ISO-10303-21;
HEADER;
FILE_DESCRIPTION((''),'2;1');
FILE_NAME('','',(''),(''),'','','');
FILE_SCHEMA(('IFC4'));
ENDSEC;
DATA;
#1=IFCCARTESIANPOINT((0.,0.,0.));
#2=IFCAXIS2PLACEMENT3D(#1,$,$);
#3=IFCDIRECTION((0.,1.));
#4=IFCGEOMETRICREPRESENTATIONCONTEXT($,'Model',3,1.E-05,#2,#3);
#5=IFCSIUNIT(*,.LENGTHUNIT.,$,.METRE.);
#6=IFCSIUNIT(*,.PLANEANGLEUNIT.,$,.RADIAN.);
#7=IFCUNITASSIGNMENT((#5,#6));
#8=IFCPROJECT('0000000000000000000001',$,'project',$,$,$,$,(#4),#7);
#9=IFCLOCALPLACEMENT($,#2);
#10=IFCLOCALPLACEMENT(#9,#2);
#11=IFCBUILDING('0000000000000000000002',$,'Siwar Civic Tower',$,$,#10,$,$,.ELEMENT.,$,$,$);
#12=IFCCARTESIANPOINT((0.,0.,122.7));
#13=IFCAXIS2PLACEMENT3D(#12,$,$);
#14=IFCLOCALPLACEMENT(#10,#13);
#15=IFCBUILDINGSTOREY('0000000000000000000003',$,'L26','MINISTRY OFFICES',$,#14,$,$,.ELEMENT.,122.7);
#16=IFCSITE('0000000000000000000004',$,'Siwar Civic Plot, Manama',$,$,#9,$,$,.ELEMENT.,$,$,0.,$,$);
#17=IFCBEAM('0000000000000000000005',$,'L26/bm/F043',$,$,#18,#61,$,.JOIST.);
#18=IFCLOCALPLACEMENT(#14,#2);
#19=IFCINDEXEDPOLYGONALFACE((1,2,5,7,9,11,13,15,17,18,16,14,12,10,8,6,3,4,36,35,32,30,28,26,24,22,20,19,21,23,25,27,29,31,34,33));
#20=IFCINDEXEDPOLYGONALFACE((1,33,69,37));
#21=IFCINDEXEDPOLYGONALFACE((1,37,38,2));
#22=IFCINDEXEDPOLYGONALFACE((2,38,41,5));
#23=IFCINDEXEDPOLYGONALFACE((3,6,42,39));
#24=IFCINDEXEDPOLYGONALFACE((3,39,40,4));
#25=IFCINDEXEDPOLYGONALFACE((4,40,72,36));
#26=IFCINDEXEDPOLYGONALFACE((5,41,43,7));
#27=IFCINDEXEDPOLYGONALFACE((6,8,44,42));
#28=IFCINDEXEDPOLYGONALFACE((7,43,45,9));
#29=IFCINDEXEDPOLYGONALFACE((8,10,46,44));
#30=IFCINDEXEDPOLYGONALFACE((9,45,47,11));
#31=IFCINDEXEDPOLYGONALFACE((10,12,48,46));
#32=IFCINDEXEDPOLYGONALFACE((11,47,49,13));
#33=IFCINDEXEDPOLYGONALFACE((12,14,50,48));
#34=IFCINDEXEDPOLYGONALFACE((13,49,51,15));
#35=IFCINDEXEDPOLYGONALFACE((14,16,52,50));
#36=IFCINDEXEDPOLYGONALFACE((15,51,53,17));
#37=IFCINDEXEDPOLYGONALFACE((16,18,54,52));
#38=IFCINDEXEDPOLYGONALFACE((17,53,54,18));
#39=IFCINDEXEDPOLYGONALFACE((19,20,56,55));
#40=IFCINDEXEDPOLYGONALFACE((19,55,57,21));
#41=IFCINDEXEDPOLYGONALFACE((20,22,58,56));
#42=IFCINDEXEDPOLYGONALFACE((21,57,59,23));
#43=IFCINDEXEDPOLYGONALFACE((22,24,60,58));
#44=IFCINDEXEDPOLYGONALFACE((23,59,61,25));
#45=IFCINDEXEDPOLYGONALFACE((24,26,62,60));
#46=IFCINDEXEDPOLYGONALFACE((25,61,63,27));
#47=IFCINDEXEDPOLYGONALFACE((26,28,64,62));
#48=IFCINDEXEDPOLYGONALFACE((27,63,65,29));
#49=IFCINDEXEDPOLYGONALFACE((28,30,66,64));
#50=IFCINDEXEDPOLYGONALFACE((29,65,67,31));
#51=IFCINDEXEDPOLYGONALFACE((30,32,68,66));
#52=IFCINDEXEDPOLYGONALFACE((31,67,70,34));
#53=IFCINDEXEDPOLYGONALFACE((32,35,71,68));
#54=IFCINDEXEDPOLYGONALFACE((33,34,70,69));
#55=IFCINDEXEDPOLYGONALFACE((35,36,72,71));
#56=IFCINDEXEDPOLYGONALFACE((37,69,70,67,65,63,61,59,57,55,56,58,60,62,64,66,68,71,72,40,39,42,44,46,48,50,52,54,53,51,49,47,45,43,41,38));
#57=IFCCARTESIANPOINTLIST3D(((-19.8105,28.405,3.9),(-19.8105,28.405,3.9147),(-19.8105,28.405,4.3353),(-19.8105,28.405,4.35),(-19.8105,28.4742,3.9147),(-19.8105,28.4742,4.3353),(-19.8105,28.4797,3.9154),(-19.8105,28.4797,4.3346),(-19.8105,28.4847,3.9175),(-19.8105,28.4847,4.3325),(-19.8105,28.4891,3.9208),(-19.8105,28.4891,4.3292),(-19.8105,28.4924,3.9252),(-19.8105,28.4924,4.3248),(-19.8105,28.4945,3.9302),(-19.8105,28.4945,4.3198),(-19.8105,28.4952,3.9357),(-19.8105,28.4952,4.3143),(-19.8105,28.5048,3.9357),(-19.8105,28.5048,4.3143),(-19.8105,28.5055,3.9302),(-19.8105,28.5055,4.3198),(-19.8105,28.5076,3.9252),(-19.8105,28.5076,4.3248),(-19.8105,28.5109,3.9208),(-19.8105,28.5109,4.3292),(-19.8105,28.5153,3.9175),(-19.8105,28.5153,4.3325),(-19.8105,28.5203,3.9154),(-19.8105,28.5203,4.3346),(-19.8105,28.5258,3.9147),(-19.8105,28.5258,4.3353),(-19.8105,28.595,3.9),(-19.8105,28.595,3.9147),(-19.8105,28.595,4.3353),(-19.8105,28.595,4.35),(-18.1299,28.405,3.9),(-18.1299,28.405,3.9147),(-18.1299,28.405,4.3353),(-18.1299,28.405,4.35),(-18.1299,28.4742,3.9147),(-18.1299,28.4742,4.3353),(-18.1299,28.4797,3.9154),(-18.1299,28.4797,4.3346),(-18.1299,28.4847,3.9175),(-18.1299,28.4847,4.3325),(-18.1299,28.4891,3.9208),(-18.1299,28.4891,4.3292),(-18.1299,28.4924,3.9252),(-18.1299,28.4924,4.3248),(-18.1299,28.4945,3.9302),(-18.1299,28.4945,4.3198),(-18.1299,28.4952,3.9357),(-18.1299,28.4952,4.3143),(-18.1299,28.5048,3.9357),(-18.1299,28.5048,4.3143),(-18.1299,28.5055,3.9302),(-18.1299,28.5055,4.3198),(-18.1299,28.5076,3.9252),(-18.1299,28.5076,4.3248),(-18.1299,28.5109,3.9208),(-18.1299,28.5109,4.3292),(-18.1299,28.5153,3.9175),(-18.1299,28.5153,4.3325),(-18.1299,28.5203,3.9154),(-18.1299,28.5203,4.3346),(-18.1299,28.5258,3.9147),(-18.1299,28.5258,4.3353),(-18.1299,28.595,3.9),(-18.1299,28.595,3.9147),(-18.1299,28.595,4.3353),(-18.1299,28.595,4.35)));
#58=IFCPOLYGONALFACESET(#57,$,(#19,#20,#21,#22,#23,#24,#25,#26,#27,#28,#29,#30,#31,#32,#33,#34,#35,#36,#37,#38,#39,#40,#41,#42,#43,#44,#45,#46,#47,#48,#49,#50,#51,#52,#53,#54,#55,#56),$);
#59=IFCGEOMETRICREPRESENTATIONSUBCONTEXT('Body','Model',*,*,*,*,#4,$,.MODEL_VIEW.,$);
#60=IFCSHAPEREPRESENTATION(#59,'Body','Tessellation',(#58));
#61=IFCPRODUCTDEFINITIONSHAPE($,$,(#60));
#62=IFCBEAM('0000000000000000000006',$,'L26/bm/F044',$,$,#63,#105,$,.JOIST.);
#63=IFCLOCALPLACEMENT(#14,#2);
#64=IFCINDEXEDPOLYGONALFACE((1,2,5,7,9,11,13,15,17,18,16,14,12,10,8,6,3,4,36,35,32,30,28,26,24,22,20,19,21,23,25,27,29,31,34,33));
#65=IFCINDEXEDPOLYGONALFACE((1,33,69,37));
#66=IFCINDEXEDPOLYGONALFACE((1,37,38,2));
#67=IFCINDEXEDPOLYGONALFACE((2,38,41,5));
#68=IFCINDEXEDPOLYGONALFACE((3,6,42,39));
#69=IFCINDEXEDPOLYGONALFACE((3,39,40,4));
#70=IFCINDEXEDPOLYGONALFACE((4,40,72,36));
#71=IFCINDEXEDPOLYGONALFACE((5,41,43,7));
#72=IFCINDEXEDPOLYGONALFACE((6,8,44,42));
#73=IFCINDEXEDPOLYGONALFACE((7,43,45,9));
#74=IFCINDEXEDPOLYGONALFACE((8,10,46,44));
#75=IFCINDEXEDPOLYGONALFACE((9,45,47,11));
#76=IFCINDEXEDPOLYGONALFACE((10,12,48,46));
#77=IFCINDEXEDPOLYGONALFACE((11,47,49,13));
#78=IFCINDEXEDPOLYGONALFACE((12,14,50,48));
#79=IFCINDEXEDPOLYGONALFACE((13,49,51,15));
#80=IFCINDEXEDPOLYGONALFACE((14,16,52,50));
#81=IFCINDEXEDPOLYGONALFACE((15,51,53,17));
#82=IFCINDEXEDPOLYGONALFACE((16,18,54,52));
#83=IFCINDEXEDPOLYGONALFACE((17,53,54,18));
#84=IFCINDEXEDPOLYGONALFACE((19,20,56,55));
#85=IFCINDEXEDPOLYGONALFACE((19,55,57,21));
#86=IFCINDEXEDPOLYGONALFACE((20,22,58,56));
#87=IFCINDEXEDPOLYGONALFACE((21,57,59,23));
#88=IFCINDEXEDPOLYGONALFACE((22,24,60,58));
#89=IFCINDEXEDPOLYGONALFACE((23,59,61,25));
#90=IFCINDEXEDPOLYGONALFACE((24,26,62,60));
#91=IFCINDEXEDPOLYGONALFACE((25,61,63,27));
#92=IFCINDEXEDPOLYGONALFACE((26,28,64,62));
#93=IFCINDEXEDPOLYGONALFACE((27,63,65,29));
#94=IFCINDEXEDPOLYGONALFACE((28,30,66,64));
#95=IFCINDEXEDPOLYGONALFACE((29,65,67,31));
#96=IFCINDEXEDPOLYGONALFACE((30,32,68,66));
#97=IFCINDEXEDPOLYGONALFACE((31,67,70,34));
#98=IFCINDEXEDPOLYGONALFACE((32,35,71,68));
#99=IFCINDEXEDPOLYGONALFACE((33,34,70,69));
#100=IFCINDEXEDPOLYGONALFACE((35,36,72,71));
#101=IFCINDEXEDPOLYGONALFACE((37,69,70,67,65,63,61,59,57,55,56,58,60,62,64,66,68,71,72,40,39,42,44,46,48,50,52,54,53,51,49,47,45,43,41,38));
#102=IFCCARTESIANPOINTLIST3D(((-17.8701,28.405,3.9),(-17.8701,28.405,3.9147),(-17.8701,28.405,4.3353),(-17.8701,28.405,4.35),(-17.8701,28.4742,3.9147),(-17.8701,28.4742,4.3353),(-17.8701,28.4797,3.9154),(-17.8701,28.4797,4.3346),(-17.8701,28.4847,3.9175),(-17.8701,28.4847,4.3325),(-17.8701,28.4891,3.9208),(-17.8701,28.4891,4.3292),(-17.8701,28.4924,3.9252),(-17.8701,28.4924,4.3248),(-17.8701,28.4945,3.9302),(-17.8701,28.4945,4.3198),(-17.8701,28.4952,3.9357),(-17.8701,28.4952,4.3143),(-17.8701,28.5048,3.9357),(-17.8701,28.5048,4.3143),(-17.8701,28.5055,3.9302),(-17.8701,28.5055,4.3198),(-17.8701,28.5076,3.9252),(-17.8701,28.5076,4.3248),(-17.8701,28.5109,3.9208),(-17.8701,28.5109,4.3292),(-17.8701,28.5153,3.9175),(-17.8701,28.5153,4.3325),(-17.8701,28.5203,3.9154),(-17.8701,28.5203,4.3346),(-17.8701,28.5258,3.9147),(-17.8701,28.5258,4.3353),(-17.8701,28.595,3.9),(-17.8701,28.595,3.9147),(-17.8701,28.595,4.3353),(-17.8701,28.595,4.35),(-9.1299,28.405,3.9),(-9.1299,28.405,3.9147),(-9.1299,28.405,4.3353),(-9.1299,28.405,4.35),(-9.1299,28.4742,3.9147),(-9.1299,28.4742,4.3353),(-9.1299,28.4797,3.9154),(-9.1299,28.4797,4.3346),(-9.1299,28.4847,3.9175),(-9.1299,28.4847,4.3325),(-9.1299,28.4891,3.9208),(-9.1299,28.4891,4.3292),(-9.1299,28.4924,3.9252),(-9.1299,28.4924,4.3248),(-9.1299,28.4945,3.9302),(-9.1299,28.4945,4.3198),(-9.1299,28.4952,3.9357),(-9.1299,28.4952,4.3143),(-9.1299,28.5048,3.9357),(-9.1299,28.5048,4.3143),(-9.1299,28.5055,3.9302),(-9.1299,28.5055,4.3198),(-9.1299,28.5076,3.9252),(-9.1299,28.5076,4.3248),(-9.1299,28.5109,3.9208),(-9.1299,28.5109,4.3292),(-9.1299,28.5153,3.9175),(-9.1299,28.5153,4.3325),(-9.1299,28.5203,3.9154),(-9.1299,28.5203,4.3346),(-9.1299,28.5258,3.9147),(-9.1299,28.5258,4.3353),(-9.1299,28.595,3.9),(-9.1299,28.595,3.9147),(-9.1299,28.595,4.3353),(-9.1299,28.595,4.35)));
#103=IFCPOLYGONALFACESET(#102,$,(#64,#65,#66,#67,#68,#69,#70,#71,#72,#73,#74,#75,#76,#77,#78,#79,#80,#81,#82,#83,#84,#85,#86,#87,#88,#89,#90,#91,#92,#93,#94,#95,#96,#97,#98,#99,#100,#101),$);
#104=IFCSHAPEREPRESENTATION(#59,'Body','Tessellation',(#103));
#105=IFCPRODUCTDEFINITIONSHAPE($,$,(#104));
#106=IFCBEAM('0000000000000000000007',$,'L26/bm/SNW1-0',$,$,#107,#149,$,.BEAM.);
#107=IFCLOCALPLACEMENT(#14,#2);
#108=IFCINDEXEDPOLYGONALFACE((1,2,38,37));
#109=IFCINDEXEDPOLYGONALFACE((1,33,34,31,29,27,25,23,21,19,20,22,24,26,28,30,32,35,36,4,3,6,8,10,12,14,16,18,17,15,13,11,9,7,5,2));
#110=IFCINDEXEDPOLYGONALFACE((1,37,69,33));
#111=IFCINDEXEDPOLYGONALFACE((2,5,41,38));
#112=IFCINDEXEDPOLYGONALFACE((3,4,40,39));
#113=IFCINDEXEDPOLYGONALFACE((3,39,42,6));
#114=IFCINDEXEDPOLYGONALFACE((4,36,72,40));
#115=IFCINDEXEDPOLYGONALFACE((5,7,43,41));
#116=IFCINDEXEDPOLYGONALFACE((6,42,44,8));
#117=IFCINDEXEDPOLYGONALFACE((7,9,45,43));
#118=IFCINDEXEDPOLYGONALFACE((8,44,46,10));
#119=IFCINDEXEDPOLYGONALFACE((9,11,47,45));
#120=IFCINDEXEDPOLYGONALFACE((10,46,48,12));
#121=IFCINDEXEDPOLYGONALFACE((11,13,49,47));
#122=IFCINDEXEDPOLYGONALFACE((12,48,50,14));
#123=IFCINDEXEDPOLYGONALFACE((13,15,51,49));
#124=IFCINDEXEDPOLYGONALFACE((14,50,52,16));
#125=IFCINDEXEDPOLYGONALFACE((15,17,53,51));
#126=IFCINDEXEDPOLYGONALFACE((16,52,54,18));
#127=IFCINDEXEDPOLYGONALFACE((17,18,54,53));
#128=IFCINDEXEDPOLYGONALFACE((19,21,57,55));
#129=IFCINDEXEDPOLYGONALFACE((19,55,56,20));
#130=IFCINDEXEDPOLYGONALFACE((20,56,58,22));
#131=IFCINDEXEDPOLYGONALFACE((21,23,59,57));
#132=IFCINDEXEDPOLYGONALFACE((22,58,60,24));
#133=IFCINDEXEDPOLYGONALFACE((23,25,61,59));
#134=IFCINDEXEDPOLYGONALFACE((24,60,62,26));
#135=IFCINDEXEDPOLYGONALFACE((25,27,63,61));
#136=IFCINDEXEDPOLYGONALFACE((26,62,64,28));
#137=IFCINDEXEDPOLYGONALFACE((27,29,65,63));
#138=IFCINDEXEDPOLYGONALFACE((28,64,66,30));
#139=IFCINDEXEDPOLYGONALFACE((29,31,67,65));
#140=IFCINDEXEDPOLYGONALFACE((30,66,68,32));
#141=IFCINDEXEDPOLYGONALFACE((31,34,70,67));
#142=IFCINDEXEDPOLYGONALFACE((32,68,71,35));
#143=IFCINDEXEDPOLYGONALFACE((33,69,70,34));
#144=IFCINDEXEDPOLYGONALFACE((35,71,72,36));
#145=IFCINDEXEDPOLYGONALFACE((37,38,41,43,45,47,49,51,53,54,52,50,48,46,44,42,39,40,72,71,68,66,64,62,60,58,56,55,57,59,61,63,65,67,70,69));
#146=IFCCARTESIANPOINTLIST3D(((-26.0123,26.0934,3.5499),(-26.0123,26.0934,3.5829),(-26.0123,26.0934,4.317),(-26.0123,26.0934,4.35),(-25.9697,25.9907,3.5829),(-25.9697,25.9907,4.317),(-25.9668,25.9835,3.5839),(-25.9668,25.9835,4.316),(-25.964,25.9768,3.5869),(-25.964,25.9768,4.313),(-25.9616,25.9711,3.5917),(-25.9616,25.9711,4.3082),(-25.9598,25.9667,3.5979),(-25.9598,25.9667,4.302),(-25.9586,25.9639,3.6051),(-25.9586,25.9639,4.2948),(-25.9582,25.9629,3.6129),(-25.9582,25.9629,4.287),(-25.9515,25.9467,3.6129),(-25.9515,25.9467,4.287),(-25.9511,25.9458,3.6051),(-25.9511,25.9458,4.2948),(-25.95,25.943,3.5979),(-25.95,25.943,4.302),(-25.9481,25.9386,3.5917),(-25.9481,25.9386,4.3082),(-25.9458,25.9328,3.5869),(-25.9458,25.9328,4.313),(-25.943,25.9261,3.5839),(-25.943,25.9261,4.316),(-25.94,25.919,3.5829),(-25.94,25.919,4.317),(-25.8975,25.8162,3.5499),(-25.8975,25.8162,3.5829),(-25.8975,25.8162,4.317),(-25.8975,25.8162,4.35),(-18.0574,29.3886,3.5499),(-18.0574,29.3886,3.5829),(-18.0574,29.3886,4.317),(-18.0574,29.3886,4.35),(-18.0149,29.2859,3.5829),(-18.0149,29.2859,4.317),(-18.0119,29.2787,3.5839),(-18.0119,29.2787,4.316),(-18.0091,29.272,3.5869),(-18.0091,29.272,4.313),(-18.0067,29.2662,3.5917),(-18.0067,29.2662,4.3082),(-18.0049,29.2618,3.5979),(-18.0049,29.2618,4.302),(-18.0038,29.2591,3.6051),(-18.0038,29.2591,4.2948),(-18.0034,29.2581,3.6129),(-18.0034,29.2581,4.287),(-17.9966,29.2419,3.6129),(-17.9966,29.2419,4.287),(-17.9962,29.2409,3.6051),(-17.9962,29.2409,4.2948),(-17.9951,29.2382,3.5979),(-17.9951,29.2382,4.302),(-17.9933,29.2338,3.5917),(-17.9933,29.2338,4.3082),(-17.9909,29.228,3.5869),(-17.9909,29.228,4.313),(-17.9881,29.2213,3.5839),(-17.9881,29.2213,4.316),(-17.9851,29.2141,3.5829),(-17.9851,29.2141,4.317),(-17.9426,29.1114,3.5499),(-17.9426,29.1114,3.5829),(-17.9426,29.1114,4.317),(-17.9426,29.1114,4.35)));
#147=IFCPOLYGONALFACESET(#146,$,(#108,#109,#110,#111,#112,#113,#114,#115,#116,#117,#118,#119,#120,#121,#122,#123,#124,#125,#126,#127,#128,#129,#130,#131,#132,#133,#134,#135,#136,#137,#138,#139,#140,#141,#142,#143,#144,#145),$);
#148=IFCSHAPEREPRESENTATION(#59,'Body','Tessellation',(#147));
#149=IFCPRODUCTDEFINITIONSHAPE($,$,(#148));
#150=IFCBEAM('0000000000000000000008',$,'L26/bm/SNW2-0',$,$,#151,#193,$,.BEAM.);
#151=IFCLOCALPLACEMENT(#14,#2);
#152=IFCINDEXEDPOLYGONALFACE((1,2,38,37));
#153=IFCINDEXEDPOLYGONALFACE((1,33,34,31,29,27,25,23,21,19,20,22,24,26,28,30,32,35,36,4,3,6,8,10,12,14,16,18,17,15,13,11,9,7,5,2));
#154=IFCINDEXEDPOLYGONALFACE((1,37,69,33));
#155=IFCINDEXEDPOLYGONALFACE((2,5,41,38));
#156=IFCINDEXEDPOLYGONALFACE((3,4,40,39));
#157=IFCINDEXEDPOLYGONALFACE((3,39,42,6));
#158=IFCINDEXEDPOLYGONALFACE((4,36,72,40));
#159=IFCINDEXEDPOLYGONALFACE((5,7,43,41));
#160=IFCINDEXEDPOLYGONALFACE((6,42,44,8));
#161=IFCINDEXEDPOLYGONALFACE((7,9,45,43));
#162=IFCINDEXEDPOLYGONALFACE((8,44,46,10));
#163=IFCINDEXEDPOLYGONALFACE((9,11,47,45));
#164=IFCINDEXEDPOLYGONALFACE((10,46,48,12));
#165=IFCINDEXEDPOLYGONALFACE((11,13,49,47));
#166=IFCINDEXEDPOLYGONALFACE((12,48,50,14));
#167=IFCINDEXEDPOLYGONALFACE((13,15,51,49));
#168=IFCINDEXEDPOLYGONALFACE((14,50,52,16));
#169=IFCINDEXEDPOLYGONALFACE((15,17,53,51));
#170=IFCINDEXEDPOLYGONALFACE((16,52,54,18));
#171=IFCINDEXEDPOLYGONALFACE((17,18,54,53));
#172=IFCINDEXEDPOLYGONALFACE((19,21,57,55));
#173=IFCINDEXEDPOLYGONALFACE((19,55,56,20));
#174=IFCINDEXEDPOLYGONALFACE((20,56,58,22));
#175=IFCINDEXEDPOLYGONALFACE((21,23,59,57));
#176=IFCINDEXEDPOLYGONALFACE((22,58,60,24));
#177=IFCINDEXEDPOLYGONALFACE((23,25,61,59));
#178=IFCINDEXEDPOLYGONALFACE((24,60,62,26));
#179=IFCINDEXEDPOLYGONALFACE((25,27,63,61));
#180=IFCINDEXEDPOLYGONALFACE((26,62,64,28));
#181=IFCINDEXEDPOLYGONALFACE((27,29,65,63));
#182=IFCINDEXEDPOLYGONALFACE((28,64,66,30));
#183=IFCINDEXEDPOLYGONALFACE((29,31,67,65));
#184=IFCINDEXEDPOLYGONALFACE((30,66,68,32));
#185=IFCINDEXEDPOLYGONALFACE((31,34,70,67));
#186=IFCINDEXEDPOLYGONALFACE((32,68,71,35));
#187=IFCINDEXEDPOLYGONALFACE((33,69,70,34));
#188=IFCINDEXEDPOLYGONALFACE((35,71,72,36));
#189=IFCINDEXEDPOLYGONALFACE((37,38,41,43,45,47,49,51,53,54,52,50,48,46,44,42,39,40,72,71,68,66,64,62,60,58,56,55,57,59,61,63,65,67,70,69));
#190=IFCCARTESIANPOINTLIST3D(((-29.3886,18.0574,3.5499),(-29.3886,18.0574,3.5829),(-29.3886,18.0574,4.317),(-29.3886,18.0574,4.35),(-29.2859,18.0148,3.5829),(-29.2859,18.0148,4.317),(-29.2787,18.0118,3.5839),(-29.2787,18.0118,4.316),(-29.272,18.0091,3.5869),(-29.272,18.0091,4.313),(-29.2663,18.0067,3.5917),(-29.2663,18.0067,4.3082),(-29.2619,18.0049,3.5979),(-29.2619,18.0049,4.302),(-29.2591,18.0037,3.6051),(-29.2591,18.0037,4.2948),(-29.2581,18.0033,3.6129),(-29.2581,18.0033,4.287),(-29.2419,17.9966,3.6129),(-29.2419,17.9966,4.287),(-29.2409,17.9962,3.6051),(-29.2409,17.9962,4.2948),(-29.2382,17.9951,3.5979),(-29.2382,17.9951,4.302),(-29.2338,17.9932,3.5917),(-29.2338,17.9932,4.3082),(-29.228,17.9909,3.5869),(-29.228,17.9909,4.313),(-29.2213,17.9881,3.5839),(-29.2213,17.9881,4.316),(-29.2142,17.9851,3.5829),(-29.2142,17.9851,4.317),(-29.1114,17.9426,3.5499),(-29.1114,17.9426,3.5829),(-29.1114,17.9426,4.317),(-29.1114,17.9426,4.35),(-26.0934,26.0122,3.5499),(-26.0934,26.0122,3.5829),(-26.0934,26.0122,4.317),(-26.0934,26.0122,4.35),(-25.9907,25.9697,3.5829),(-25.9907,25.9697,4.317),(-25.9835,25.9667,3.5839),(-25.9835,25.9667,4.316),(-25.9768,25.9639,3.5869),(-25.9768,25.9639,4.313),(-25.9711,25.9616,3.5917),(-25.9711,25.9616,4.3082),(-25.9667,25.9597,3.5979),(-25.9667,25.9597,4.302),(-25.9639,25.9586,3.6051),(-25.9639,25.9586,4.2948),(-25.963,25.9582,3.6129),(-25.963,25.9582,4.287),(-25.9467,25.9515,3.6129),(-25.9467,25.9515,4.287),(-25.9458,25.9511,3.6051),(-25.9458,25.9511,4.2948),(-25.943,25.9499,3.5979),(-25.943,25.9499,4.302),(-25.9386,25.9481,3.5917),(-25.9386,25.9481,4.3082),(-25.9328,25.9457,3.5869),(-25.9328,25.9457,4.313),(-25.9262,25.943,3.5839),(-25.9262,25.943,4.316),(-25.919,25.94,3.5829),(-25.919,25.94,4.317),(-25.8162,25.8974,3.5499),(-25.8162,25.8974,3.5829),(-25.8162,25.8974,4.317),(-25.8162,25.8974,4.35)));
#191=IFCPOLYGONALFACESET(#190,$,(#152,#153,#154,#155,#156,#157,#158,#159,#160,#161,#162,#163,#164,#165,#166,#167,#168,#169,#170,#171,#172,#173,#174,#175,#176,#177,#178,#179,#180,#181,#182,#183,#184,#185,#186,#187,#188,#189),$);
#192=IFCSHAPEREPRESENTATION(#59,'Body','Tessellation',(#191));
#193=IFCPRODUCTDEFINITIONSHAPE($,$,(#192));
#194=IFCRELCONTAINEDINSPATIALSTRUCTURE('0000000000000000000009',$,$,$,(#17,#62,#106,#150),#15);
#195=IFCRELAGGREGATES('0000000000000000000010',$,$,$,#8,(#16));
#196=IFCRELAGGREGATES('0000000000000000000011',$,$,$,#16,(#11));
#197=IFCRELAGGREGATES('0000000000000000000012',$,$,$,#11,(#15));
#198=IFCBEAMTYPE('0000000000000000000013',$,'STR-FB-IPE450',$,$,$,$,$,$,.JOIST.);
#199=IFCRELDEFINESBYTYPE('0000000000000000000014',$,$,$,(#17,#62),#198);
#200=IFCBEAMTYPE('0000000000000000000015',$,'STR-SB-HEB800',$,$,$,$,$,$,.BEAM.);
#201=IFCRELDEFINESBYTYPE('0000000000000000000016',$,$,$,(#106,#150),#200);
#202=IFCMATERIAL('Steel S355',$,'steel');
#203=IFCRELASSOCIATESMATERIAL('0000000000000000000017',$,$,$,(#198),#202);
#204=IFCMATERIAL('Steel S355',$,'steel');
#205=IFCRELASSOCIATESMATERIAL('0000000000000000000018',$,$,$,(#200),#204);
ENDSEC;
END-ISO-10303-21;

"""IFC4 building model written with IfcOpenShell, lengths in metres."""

from ifc_helpers import new_model, si_unit, direction, frame, origin, origin_2d, place, context, subcontext, project, spatial, i_section, extrude, material, material_profile, profile_set, type_object, element, save


model = new_model("IFC4")

# Units and contexts
model_context = context("Model", 3, precision=1e-05, world=origin(), true_north=direction((0.0, 1.0)))
body_context = subcontext(model_context, "Body", "Model", "MODEL_VIEW")
ifc_project = project(units=[si_unit("LENGTHUNIT", "METRE"), si_unit("PLANEANGLEUNIT", "RADIAN")], contexts=[model_context])

# Site, building, storey
site_placement = place(None, origin())
site = spatial("IfcSite", under=ifc_project, at=site_placement, Name="Siwar Civic Plot, Manama", CompositionType="ELEMENT", RefElevation=0.0)
building_placement = place(site_placement, origin())
building = spatial("IfcBuilding", under=site, at=building_placement, Name="Siwar Civic Tower", CompositionType="ELEMENT")
storey_placement = place(building_placement, frame((0.0, 0.0, 122.7)))
storey = spatial("IfcBuildingStorey", under=building, at=storey_placement, Name="L26", Description="MINISTRY OFFICES", CompositionType="ELEMENT", Elevation=122.7)

# Beams
ifc_material_1 = material(Name="Steel S355", Category="steel")
ifc_material_profile_1 = material_profile(ifc_material_1, i_section(OverallWidth=0.1899, OverallDepth=0.45, WebThickness=0.0095, FlangeThickness=0.0146, FilletRadius=0.021, at=origin_2d()), Name="IPE450")
ifc_profile_set_1 = profile_set([ifc_material_profile_1], Name="Steel S355")
beam_type_1 = type_object("IfcBeamType", Name="STR-FB-IPE450", PredefinedType="JOIST", material=ifc_profile_set_1)
beam_1_placement = place(storey_placement, frame((-19.8105, 28.5, 4.125), z_axis=(1.0, 0.0, 0.0), x_axis=(0.0, 1.0, 0.0)))
element("IfcBeam", 1, at=beam_1_placement, inside=storey, type_object=beam_type_1, Name="L26/bm/F043", PredefinedType="JOIST", context=body_context, shape_type="SweptSolid", body=[
    extrude(i_section(OverallWidth=0.1899, OverallDepth=0.45, WebThickness=0.0095, FlangeThickness=0.0146, FilletRadius=0.021, at=origin_2d()), origin(), (0.0, 0.0, 1.0), 1.6807),
])
beam_2_placement = place(storey_placement, frame((-17.8701, 28.5, 4.125), z_axis=(1.0, 0.0, 0.0), x_axis=(0.0, 1.0, 0.0)))
element("IfcBeam", 2, at=beam_2_placement, inside=storey, type_object=beam_type_1, Name="L26/bm/F044", PredefinedType="JOIST", context=body_context, shape_type="SweptSolid", body=[
    extrude(i_section(OverallWidth=0.1899, OverallDepth=0.45, WebThickness=0.0095, FlangeThickness=0.0146, FilletRadius=0.021, at=origin_2d()), origin(), (0.0, 0.0, 1.0), 8.7402),
])
ifc_material_2 = material(Name="Steel S355", Category="steel")
ifc_material_profile_2 = material_profile(ifc_material_2, i_section(OverallWidth=0.3, OverallDepth=0.8, WebThickness=0.0176, FlangeThickness=0.033, FilletRadius=0.03, at=origin_2d()), Name="HEB800")
ifc_profile_set_2 = profile_set([ifc_material_profile_2], Name="Steel S355")
beam_type_2 = type_object("IfcBeamType", Name="STR-SB-HEB800", PredefinedType="BEAM", material=ifc_profile_set_2)
for number, where, z_axis, x_axis, name in (
    (3, (-18.0, 29.25, 3.95), (-0.923873, -0.3827, 0.0), (0.3827, -0.923873, 0.0), "L26/bm/SNW1-0"),
    (4, (-25.9548, 25.9548, 3.95), (-0.3827, -0.923873, 0.0), (0.923873, -0.3827, 0.0), "L26/bm/SNW2-0"),
):
    element("IfcBeam", number, at=place(storey_placement, frame(where, z_axis=z_axis, x_axis=x_axis)), inside=storey, type_object=beam_type_2, Name=name, PredefinedType="BEAM", context=body_context, shape_type="SweptSolid", body=[
        extrude(i_section(OverallWidth=0.3, OverallDepth=0.8, WebThickness=0.0176, FlangeThickness=0.033, FilletRadius=0.03, at=origin_2d()), origin(), (0.0, 0.0, 1.0), 8.6104),
    ])

save(model, "model.ifc")
